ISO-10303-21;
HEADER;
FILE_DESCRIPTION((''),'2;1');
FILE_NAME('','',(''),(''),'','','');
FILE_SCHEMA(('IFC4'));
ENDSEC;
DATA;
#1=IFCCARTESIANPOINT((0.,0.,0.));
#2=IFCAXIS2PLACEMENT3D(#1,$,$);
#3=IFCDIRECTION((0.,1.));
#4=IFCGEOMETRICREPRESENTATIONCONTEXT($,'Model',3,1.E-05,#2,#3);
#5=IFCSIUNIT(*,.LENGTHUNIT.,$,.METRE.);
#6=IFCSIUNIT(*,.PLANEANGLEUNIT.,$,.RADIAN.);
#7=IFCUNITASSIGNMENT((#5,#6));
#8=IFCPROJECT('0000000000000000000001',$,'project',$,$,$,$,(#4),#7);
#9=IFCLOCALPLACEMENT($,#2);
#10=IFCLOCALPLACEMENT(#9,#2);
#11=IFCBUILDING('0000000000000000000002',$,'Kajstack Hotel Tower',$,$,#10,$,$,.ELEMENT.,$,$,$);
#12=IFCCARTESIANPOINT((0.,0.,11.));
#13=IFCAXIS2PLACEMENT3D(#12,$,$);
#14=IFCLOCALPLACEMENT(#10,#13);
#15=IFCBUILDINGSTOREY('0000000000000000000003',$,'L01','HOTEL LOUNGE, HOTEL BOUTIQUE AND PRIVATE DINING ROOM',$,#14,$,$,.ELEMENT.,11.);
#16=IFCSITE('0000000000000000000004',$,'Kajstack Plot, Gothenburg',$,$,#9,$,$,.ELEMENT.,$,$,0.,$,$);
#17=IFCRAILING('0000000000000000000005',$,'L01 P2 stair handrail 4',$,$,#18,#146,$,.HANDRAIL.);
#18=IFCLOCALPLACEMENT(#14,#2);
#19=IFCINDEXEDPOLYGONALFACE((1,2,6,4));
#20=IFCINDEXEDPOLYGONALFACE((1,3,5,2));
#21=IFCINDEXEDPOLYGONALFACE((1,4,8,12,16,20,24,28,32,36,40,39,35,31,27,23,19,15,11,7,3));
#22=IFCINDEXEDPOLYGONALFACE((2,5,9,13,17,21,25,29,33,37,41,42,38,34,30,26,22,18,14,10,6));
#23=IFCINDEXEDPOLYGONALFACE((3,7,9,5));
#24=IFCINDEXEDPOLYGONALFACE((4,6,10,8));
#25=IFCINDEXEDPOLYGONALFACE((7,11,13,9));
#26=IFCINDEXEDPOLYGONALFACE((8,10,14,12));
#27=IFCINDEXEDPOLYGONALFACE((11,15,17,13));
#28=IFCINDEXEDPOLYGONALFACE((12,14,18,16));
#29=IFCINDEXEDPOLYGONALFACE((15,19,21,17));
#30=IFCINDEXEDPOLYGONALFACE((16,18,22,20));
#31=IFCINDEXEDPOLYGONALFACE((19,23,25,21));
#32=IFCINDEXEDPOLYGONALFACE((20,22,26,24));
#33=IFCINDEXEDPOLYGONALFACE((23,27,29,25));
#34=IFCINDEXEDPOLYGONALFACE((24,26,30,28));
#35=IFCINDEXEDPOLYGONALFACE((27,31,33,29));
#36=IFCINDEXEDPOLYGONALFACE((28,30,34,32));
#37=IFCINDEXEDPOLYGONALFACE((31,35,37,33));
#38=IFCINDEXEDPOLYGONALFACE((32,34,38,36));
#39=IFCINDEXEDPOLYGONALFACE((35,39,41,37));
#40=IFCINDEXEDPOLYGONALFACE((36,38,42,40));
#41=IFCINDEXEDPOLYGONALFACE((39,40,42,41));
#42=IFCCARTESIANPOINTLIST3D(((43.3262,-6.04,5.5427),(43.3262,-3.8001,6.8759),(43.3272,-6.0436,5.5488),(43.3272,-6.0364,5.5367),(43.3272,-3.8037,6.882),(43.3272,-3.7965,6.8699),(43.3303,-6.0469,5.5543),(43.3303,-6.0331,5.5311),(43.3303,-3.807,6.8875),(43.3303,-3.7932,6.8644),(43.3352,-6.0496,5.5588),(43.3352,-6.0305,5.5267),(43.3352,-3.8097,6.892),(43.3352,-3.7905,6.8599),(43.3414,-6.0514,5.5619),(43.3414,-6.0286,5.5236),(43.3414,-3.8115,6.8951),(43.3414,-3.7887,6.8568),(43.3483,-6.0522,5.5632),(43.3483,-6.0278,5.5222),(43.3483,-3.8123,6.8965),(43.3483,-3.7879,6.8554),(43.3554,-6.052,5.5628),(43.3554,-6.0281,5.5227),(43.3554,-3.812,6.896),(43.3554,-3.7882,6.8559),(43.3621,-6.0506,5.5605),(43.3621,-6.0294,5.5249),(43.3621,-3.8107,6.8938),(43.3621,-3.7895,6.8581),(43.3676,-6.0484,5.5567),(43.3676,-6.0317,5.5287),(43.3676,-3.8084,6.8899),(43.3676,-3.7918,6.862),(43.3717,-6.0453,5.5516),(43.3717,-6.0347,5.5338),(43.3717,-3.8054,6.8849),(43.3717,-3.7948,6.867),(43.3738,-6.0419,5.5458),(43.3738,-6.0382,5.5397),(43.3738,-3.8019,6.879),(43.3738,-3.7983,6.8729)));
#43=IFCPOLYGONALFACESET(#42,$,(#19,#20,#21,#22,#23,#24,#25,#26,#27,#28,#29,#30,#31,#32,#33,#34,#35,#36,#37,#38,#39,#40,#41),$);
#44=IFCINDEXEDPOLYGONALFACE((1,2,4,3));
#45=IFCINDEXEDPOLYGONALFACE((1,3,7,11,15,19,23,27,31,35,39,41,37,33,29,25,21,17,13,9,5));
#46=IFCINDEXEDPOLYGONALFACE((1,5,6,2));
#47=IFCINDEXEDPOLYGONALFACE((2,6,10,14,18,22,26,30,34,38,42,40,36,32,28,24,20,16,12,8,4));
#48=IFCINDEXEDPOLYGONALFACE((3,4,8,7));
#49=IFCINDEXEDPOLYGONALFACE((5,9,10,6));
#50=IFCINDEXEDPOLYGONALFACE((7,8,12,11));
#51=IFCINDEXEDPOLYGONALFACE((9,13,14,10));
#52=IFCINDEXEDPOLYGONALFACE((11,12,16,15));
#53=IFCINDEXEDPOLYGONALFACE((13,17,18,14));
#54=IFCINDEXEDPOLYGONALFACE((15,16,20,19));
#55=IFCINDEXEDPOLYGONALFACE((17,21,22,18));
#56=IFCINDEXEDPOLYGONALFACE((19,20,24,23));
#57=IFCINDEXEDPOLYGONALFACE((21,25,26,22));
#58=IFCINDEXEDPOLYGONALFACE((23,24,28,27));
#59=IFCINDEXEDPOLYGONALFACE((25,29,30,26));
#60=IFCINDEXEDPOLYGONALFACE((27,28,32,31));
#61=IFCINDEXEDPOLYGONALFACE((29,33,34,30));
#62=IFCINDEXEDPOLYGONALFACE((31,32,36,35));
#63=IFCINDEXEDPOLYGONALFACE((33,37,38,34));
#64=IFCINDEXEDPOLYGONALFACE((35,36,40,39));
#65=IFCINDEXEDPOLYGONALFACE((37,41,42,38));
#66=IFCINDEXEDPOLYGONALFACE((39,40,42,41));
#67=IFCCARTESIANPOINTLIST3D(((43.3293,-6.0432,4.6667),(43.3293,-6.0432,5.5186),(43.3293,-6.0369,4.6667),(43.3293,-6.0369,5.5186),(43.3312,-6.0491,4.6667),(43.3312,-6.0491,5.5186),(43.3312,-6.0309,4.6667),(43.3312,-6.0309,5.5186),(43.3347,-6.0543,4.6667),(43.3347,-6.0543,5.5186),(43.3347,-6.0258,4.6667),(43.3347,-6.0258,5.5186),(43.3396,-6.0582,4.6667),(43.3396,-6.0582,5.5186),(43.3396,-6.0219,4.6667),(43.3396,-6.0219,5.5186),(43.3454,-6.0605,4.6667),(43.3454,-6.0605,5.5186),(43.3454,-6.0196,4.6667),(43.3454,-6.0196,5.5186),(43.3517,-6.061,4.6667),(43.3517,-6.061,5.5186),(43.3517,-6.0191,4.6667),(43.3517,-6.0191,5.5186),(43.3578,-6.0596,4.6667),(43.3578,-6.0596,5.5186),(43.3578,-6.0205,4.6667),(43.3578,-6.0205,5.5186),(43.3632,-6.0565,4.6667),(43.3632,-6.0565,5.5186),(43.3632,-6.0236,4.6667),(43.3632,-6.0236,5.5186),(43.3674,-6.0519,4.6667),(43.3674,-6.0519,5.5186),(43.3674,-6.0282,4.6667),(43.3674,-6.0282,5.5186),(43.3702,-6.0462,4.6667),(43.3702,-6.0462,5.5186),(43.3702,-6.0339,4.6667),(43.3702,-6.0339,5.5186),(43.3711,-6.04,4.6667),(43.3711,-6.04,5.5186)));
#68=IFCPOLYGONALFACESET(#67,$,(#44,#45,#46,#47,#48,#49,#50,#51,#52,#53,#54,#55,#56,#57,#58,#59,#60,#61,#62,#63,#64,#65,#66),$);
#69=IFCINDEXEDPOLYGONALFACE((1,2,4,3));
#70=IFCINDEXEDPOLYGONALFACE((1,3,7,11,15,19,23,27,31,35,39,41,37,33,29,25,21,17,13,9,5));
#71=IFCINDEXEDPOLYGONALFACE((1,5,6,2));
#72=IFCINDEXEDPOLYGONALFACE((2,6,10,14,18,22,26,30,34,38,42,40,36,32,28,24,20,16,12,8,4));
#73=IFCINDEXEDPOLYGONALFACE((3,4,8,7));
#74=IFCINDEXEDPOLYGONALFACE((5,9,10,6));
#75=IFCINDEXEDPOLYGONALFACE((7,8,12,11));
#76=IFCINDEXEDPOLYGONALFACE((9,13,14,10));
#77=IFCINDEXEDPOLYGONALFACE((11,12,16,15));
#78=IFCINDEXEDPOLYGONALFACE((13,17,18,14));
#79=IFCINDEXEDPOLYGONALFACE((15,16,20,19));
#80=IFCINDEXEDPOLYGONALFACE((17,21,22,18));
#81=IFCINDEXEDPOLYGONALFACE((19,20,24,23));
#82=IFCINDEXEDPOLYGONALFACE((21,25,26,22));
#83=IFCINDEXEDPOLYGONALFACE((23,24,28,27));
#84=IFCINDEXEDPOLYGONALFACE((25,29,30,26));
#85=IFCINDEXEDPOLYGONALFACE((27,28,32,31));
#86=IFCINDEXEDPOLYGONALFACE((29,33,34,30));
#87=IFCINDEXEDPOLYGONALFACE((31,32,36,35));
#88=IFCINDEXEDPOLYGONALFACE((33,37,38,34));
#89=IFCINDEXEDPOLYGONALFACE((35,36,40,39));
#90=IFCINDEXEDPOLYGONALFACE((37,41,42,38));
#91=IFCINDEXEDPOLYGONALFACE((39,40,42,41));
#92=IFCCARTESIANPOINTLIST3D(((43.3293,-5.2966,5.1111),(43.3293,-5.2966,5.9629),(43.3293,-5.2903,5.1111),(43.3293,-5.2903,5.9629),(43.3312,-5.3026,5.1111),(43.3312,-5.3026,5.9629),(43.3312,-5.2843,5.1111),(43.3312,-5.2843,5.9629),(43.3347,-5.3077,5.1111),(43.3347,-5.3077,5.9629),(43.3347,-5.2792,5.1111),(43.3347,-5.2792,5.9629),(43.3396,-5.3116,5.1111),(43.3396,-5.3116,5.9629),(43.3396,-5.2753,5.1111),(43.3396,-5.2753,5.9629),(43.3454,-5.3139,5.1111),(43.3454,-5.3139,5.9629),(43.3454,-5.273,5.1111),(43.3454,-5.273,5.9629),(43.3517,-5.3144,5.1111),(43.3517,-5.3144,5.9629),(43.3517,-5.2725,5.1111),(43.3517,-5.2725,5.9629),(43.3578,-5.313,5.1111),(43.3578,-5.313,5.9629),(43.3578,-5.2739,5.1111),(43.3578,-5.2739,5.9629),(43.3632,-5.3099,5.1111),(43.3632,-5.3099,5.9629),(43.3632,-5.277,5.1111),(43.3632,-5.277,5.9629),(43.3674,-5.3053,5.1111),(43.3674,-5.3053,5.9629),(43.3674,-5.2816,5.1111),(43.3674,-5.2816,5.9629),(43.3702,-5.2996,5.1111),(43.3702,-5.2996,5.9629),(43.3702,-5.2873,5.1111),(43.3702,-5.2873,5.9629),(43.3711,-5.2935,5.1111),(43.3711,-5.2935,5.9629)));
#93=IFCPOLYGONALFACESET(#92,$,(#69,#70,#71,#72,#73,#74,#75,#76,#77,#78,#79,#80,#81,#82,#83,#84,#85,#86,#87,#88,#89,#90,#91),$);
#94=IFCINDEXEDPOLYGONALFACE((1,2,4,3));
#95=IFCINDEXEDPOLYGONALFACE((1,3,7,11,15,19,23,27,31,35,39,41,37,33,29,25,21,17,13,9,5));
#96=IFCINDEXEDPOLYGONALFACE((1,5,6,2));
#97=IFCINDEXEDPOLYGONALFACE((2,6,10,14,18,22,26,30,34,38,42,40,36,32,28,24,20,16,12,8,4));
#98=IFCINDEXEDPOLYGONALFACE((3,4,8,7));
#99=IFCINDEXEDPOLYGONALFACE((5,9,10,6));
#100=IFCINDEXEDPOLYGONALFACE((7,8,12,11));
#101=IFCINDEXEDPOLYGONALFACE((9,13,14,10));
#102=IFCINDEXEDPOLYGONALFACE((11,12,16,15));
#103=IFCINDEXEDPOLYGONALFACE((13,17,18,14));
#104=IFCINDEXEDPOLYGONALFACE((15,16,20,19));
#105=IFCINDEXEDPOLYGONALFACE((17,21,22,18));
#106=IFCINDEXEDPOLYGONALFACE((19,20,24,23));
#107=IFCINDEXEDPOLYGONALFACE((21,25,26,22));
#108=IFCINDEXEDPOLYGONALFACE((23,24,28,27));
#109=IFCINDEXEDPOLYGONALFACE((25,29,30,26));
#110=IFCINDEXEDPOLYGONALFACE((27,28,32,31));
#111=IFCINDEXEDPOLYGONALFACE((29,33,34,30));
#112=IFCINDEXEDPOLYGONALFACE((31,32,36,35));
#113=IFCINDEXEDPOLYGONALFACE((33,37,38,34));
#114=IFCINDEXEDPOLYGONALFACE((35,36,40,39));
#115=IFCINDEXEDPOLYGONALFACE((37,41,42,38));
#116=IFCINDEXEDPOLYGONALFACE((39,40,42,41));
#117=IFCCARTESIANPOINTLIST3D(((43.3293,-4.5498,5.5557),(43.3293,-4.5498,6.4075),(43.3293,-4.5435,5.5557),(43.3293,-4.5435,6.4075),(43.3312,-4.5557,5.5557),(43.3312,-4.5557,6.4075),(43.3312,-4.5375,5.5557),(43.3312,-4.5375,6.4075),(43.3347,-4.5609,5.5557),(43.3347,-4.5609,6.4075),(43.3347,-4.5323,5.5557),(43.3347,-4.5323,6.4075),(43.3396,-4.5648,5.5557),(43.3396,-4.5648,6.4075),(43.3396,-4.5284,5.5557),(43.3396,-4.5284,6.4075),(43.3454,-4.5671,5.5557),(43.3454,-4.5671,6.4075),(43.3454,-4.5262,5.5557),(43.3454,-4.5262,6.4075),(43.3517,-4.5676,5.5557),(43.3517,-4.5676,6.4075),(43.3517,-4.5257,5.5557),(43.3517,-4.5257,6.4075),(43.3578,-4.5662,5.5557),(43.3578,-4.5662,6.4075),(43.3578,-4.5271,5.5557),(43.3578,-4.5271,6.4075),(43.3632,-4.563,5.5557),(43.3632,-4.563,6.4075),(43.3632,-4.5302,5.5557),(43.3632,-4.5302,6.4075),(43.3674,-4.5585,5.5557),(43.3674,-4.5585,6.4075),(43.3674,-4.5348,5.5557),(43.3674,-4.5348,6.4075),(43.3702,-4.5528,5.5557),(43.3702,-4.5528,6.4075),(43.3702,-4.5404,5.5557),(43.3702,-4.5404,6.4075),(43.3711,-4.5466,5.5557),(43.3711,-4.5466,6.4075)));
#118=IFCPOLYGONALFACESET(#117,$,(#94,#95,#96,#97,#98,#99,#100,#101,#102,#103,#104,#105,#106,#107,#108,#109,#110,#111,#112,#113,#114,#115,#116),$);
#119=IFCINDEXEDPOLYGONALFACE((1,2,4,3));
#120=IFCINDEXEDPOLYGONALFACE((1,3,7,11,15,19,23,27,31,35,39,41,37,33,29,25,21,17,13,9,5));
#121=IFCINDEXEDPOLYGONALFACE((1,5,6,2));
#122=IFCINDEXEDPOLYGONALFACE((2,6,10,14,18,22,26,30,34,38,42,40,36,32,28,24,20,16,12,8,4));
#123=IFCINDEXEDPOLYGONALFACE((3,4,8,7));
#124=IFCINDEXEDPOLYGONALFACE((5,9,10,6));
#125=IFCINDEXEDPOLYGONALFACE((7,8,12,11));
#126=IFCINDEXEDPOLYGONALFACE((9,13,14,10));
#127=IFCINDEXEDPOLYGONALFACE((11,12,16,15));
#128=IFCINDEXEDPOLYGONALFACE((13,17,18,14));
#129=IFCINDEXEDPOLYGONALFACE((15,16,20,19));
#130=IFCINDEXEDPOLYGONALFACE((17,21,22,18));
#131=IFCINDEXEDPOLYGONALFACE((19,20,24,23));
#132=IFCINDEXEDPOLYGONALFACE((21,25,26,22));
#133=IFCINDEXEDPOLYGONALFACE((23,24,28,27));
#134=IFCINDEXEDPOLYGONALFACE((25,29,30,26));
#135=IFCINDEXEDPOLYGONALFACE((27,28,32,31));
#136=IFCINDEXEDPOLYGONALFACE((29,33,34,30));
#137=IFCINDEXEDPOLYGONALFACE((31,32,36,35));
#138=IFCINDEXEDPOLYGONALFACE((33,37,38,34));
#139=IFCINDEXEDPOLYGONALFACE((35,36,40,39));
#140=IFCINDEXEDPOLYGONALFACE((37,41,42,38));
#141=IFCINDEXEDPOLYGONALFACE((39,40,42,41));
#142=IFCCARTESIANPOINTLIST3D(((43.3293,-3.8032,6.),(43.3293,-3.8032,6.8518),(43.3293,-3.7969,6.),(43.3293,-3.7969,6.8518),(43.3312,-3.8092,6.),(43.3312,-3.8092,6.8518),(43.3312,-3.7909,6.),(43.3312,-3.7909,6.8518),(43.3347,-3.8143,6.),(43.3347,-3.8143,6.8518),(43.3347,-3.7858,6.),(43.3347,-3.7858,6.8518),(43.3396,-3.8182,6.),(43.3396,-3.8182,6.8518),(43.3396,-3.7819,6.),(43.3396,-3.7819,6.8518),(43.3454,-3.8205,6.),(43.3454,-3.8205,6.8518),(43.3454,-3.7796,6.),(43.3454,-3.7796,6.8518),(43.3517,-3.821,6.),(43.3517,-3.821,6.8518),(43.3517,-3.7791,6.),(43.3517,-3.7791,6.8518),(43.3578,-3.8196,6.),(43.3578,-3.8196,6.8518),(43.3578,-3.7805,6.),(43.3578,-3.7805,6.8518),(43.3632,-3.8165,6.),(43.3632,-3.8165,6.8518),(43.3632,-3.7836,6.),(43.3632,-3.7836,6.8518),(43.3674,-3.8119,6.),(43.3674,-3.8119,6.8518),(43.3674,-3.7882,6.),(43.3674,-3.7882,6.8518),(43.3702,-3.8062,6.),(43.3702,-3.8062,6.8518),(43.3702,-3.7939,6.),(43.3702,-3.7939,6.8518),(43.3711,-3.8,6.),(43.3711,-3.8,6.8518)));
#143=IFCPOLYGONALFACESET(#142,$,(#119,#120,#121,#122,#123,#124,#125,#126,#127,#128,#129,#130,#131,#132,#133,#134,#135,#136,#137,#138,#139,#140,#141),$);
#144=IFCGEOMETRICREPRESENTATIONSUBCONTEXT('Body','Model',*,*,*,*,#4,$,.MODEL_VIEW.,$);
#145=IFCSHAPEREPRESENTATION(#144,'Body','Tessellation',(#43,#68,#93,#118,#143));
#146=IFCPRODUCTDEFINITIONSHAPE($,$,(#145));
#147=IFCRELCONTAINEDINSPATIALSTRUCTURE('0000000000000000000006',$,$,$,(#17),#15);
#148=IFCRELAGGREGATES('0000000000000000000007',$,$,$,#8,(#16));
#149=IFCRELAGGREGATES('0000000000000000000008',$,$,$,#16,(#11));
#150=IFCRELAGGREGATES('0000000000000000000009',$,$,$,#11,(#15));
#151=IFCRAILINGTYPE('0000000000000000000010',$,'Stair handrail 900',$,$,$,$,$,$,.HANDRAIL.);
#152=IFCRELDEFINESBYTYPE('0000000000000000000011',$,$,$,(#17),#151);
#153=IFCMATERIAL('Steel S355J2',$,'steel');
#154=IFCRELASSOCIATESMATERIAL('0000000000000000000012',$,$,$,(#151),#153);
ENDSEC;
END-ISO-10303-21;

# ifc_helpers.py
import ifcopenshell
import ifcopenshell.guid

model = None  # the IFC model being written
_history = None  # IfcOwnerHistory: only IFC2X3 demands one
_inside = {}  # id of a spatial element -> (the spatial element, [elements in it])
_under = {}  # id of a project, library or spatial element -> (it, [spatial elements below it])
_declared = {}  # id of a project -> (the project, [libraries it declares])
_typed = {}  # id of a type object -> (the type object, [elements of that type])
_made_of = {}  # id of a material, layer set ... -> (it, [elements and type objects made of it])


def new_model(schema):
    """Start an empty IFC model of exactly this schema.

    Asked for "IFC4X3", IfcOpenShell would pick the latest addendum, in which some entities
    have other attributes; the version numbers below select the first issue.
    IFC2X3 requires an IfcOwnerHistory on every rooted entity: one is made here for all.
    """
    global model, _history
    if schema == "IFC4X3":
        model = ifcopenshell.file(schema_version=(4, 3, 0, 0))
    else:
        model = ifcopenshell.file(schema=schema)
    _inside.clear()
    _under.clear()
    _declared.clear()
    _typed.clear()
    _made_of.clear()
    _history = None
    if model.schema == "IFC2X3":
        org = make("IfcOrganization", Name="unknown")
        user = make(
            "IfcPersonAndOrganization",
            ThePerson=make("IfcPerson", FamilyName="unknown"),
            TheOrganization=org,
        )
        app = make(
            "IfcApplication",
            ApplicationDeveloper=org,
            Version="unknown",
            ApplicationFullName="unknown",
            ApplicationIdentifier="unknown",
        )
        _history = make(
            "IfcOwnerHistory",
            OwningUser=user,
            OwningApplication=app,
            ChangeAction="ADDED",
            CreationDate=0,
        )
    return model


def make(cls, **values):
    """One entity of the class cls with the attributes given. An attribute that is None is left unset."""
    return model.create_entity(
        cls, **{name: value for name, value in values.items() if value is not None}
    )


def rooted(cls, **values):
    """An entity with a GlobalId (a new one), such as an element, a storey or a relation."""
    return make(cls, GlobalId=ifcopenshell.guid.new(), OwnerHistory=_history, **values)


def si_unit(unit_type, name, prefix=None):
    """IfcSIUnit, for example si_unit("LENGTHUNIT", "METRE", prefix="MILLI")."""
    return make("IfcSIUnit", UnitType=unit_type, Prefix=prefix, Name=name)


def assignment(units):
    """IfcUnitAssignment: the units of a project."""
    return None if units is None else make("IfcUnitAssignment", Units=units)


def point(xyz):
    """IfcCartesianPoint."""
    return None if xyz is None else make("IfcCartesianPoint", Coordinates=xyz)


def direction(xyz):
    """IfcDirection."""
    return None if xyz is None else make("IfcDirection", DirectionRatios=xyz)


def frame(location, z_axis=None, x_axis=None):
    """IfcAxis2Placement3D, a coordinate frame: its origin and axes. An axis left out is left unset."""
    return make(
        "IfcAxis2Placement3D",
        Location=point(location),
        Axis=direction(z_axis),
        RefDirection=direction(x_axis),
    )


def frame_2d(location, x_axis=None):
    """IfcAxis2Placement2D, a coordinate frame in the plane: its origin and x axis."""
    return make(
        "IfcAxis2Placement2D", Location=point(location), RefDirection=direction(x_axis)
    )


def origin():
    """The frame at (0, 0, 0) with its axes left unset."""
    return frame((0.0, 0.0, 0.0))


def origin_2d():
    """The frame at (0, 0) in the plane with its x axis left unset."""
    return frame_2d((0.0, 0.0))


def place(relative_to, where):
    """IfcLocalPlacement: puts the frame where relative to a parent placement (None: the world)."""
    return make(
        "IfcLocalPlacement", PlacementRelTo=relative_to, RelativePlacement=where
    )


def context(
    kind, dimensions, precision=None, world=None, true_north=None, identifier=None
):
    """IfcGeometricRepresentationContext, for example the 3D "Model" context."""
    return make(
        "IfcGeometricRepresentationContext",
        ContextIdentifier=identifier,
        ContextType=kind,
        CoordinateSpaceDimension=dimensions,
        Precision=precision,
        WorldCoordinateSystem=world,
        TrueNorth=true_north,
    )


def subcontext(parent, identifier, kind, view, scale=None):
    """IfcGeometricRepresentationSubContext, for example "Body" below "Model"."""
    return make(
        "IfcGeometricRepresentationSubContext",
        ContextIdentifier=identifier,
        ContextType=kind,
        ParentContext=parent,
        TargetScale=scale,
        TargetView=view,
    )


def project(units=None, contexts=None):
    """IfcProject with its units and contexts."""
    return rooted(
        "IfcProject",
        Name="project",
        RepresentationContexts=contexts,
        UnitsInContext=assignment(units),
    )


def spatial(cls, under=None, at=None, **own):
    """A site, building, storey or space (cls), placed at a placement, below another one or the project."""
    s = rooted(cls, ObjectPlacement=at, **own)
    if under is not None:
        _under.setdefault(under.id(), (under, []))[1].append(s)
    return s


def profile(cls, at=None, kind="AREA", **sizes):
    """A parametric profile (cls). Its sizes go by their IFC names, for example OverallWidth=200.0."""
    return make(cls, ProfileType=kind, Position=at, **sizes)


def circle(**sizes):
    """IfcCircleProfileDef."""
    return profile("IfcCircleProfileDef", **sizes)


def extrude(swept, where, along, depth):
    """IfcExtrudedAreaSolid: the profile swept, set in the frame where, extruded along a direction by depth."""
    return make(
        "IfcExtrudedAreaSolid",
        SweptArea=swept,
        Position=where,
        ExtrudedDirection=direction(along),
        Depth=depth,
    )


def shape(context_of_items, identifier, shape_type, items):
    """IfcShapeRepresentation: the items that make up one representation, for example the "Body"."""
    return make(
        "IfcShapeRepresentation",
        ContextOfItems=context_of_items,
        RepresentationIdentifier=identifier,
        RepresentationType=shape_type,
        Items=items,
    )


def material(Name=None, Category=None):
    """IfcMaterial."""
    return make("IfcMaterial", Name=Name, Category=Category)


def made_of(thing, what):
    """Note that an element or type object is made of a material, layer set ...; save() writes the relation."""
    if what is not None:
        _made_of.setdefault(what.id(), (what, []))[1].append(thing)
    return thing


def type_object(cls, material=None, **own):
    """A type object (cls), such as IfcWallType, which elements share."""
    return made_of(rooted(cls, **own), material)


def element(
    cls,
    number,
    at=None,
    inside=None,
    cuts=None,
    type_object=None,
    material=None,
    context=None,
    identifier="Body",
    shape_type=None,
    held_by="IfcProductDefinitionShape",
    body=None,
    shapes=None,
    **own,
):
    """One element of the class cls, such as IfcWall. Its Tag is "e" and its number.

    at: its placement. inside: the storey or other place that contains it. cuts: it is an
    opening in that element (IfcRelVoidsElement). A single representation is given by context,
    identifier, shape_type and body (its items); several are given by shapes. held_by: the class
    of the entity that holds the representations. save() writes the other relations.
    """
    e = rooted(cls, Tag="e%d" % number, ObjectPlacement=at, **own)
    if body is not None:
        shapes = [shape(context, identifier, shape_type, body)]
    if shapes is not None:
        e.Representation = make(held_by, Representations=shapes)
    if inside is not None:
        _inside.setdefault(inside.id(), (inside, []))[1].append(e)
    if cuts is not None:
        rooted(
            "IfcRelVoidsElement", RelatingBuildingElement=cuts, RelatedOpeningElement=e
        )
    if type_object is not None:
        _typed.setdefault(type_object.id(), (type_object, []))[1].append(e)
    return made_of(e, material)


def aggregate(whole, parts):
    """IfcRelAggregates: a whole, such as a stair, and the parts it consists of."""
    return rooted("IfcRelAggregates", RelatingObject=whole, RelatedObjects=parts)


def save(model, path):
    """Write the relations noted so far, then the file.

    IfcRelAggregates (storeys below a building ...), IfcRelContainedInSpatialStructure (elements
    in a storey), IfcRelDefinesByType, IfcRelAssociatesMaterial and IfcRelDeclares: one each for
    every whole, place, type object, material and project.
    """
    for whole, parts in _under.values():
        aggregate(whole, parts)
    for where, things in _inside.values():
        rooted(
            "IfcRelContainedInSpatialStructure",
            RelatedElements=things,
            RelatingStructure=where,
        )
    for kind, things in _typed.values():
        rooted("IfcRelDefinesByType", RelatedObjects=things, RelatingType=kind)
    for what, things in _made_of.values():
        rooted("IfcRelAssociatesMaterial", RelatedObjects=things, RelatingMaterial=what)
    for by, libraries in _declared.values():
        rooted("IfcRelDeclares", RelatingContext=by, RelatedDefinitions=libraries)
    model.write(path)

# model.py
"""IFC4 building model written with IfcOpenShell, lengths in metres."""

from ifc_helpers import new_model, si_unit, direction, frame, origin, origin_2d, place, context, subcontext, project, spatial, circle, extrude, material, type_object, element, save


model = new_model("IFC4")

# Units and contexts
model_context = context("Model", 3, precision=1e-05, world=origin(), true_north=direction((0.0, 1.0)))
body_context = subcontext(model_context, "Body", "Model", "MODEL_VIEW")
ifc_project = project(units=[si_unit("LENGTHUNIT", "METRE"), si_unit("PLANEANGLEUNIT", "RADIAN")], contexts=[model_context])

# Site, building, storey
site_placement = place(None, origin())
site = spatial("IfcSite", under=ifc_project, at=site_placement, Name="Kajstack Plot, Gothenburg", CompositionType="ELEMENT", RefElevation=0.0)
building_placement = place(site_placement, origin())
building = spatial("IfcBuilding", under=site, at=building_placement, Name="Kajstack Hotel Tower", CompositionType="ELEMENT")
storey_placement = place(building_placement, frame((0.0, 0.0, 11.0)))
storey = spatial("IfcBuildingStorey", under=building, at=storey_placement, Name="L01", Description="HOTEL LOUNGE, HOTEL BOUTIQUE AND PRIVATE DINING ROOM", CompositionType="ELEMENT", Elevation=11.0)

# Railing
ifc_material_1 = material(Name="Steel S355J2", Category="steel")
railing_type_1 = type_object("IfcRailingType", Name="Stair handrail 900", PredefinedType="HANDRAIL", material=ifc_material_1)
for number, where, name in (
    (1, (43.3501, -6.04, 4.6667), "L01 P2 stair handrail 4"),
):
    element("IfcRailing", number, at=place(storey_placement, frame(where)), inside=storey, type_object=railing_type_1, Name=name, PredefinedType="HANDRAIL", context=body_context, shape_type="SweptSolid", body=[
        extrude(circle(Radius=0.0239, at=origin_2d()), frame((0.0, 0.0, 0.876), z_axis=(0.0, 0.859306, 0.511462), x_axis=(-1.0, 0.0, 0.0)), (0.0, 0.0, 1.0), 2.6067),
        extrude(circle(Radius=0.021, at=origin_2d()), origin(), (0.0, 0.0, 1.0), 0.8518),
        extrude(circle(Radius=0.021, at=origin_2d()), frame((0.0, 0.7466, 0.4443)), (0.0, 0.0, 1.0), 0.8518),
        extrude(circle(Radius=0.021, at=origin_2d()), frame((0.0, 1.4934, 0.8889)), (0.0, 0.0, 1.0), 0.8518),
        extrude(circle(Radius=0.021, at=origin_2d()), frame((0.0, 2.24, 1.3333)), (0.0, 0.0, 1.0), 0.8518),
    ])

save(model, "model.ifc")
